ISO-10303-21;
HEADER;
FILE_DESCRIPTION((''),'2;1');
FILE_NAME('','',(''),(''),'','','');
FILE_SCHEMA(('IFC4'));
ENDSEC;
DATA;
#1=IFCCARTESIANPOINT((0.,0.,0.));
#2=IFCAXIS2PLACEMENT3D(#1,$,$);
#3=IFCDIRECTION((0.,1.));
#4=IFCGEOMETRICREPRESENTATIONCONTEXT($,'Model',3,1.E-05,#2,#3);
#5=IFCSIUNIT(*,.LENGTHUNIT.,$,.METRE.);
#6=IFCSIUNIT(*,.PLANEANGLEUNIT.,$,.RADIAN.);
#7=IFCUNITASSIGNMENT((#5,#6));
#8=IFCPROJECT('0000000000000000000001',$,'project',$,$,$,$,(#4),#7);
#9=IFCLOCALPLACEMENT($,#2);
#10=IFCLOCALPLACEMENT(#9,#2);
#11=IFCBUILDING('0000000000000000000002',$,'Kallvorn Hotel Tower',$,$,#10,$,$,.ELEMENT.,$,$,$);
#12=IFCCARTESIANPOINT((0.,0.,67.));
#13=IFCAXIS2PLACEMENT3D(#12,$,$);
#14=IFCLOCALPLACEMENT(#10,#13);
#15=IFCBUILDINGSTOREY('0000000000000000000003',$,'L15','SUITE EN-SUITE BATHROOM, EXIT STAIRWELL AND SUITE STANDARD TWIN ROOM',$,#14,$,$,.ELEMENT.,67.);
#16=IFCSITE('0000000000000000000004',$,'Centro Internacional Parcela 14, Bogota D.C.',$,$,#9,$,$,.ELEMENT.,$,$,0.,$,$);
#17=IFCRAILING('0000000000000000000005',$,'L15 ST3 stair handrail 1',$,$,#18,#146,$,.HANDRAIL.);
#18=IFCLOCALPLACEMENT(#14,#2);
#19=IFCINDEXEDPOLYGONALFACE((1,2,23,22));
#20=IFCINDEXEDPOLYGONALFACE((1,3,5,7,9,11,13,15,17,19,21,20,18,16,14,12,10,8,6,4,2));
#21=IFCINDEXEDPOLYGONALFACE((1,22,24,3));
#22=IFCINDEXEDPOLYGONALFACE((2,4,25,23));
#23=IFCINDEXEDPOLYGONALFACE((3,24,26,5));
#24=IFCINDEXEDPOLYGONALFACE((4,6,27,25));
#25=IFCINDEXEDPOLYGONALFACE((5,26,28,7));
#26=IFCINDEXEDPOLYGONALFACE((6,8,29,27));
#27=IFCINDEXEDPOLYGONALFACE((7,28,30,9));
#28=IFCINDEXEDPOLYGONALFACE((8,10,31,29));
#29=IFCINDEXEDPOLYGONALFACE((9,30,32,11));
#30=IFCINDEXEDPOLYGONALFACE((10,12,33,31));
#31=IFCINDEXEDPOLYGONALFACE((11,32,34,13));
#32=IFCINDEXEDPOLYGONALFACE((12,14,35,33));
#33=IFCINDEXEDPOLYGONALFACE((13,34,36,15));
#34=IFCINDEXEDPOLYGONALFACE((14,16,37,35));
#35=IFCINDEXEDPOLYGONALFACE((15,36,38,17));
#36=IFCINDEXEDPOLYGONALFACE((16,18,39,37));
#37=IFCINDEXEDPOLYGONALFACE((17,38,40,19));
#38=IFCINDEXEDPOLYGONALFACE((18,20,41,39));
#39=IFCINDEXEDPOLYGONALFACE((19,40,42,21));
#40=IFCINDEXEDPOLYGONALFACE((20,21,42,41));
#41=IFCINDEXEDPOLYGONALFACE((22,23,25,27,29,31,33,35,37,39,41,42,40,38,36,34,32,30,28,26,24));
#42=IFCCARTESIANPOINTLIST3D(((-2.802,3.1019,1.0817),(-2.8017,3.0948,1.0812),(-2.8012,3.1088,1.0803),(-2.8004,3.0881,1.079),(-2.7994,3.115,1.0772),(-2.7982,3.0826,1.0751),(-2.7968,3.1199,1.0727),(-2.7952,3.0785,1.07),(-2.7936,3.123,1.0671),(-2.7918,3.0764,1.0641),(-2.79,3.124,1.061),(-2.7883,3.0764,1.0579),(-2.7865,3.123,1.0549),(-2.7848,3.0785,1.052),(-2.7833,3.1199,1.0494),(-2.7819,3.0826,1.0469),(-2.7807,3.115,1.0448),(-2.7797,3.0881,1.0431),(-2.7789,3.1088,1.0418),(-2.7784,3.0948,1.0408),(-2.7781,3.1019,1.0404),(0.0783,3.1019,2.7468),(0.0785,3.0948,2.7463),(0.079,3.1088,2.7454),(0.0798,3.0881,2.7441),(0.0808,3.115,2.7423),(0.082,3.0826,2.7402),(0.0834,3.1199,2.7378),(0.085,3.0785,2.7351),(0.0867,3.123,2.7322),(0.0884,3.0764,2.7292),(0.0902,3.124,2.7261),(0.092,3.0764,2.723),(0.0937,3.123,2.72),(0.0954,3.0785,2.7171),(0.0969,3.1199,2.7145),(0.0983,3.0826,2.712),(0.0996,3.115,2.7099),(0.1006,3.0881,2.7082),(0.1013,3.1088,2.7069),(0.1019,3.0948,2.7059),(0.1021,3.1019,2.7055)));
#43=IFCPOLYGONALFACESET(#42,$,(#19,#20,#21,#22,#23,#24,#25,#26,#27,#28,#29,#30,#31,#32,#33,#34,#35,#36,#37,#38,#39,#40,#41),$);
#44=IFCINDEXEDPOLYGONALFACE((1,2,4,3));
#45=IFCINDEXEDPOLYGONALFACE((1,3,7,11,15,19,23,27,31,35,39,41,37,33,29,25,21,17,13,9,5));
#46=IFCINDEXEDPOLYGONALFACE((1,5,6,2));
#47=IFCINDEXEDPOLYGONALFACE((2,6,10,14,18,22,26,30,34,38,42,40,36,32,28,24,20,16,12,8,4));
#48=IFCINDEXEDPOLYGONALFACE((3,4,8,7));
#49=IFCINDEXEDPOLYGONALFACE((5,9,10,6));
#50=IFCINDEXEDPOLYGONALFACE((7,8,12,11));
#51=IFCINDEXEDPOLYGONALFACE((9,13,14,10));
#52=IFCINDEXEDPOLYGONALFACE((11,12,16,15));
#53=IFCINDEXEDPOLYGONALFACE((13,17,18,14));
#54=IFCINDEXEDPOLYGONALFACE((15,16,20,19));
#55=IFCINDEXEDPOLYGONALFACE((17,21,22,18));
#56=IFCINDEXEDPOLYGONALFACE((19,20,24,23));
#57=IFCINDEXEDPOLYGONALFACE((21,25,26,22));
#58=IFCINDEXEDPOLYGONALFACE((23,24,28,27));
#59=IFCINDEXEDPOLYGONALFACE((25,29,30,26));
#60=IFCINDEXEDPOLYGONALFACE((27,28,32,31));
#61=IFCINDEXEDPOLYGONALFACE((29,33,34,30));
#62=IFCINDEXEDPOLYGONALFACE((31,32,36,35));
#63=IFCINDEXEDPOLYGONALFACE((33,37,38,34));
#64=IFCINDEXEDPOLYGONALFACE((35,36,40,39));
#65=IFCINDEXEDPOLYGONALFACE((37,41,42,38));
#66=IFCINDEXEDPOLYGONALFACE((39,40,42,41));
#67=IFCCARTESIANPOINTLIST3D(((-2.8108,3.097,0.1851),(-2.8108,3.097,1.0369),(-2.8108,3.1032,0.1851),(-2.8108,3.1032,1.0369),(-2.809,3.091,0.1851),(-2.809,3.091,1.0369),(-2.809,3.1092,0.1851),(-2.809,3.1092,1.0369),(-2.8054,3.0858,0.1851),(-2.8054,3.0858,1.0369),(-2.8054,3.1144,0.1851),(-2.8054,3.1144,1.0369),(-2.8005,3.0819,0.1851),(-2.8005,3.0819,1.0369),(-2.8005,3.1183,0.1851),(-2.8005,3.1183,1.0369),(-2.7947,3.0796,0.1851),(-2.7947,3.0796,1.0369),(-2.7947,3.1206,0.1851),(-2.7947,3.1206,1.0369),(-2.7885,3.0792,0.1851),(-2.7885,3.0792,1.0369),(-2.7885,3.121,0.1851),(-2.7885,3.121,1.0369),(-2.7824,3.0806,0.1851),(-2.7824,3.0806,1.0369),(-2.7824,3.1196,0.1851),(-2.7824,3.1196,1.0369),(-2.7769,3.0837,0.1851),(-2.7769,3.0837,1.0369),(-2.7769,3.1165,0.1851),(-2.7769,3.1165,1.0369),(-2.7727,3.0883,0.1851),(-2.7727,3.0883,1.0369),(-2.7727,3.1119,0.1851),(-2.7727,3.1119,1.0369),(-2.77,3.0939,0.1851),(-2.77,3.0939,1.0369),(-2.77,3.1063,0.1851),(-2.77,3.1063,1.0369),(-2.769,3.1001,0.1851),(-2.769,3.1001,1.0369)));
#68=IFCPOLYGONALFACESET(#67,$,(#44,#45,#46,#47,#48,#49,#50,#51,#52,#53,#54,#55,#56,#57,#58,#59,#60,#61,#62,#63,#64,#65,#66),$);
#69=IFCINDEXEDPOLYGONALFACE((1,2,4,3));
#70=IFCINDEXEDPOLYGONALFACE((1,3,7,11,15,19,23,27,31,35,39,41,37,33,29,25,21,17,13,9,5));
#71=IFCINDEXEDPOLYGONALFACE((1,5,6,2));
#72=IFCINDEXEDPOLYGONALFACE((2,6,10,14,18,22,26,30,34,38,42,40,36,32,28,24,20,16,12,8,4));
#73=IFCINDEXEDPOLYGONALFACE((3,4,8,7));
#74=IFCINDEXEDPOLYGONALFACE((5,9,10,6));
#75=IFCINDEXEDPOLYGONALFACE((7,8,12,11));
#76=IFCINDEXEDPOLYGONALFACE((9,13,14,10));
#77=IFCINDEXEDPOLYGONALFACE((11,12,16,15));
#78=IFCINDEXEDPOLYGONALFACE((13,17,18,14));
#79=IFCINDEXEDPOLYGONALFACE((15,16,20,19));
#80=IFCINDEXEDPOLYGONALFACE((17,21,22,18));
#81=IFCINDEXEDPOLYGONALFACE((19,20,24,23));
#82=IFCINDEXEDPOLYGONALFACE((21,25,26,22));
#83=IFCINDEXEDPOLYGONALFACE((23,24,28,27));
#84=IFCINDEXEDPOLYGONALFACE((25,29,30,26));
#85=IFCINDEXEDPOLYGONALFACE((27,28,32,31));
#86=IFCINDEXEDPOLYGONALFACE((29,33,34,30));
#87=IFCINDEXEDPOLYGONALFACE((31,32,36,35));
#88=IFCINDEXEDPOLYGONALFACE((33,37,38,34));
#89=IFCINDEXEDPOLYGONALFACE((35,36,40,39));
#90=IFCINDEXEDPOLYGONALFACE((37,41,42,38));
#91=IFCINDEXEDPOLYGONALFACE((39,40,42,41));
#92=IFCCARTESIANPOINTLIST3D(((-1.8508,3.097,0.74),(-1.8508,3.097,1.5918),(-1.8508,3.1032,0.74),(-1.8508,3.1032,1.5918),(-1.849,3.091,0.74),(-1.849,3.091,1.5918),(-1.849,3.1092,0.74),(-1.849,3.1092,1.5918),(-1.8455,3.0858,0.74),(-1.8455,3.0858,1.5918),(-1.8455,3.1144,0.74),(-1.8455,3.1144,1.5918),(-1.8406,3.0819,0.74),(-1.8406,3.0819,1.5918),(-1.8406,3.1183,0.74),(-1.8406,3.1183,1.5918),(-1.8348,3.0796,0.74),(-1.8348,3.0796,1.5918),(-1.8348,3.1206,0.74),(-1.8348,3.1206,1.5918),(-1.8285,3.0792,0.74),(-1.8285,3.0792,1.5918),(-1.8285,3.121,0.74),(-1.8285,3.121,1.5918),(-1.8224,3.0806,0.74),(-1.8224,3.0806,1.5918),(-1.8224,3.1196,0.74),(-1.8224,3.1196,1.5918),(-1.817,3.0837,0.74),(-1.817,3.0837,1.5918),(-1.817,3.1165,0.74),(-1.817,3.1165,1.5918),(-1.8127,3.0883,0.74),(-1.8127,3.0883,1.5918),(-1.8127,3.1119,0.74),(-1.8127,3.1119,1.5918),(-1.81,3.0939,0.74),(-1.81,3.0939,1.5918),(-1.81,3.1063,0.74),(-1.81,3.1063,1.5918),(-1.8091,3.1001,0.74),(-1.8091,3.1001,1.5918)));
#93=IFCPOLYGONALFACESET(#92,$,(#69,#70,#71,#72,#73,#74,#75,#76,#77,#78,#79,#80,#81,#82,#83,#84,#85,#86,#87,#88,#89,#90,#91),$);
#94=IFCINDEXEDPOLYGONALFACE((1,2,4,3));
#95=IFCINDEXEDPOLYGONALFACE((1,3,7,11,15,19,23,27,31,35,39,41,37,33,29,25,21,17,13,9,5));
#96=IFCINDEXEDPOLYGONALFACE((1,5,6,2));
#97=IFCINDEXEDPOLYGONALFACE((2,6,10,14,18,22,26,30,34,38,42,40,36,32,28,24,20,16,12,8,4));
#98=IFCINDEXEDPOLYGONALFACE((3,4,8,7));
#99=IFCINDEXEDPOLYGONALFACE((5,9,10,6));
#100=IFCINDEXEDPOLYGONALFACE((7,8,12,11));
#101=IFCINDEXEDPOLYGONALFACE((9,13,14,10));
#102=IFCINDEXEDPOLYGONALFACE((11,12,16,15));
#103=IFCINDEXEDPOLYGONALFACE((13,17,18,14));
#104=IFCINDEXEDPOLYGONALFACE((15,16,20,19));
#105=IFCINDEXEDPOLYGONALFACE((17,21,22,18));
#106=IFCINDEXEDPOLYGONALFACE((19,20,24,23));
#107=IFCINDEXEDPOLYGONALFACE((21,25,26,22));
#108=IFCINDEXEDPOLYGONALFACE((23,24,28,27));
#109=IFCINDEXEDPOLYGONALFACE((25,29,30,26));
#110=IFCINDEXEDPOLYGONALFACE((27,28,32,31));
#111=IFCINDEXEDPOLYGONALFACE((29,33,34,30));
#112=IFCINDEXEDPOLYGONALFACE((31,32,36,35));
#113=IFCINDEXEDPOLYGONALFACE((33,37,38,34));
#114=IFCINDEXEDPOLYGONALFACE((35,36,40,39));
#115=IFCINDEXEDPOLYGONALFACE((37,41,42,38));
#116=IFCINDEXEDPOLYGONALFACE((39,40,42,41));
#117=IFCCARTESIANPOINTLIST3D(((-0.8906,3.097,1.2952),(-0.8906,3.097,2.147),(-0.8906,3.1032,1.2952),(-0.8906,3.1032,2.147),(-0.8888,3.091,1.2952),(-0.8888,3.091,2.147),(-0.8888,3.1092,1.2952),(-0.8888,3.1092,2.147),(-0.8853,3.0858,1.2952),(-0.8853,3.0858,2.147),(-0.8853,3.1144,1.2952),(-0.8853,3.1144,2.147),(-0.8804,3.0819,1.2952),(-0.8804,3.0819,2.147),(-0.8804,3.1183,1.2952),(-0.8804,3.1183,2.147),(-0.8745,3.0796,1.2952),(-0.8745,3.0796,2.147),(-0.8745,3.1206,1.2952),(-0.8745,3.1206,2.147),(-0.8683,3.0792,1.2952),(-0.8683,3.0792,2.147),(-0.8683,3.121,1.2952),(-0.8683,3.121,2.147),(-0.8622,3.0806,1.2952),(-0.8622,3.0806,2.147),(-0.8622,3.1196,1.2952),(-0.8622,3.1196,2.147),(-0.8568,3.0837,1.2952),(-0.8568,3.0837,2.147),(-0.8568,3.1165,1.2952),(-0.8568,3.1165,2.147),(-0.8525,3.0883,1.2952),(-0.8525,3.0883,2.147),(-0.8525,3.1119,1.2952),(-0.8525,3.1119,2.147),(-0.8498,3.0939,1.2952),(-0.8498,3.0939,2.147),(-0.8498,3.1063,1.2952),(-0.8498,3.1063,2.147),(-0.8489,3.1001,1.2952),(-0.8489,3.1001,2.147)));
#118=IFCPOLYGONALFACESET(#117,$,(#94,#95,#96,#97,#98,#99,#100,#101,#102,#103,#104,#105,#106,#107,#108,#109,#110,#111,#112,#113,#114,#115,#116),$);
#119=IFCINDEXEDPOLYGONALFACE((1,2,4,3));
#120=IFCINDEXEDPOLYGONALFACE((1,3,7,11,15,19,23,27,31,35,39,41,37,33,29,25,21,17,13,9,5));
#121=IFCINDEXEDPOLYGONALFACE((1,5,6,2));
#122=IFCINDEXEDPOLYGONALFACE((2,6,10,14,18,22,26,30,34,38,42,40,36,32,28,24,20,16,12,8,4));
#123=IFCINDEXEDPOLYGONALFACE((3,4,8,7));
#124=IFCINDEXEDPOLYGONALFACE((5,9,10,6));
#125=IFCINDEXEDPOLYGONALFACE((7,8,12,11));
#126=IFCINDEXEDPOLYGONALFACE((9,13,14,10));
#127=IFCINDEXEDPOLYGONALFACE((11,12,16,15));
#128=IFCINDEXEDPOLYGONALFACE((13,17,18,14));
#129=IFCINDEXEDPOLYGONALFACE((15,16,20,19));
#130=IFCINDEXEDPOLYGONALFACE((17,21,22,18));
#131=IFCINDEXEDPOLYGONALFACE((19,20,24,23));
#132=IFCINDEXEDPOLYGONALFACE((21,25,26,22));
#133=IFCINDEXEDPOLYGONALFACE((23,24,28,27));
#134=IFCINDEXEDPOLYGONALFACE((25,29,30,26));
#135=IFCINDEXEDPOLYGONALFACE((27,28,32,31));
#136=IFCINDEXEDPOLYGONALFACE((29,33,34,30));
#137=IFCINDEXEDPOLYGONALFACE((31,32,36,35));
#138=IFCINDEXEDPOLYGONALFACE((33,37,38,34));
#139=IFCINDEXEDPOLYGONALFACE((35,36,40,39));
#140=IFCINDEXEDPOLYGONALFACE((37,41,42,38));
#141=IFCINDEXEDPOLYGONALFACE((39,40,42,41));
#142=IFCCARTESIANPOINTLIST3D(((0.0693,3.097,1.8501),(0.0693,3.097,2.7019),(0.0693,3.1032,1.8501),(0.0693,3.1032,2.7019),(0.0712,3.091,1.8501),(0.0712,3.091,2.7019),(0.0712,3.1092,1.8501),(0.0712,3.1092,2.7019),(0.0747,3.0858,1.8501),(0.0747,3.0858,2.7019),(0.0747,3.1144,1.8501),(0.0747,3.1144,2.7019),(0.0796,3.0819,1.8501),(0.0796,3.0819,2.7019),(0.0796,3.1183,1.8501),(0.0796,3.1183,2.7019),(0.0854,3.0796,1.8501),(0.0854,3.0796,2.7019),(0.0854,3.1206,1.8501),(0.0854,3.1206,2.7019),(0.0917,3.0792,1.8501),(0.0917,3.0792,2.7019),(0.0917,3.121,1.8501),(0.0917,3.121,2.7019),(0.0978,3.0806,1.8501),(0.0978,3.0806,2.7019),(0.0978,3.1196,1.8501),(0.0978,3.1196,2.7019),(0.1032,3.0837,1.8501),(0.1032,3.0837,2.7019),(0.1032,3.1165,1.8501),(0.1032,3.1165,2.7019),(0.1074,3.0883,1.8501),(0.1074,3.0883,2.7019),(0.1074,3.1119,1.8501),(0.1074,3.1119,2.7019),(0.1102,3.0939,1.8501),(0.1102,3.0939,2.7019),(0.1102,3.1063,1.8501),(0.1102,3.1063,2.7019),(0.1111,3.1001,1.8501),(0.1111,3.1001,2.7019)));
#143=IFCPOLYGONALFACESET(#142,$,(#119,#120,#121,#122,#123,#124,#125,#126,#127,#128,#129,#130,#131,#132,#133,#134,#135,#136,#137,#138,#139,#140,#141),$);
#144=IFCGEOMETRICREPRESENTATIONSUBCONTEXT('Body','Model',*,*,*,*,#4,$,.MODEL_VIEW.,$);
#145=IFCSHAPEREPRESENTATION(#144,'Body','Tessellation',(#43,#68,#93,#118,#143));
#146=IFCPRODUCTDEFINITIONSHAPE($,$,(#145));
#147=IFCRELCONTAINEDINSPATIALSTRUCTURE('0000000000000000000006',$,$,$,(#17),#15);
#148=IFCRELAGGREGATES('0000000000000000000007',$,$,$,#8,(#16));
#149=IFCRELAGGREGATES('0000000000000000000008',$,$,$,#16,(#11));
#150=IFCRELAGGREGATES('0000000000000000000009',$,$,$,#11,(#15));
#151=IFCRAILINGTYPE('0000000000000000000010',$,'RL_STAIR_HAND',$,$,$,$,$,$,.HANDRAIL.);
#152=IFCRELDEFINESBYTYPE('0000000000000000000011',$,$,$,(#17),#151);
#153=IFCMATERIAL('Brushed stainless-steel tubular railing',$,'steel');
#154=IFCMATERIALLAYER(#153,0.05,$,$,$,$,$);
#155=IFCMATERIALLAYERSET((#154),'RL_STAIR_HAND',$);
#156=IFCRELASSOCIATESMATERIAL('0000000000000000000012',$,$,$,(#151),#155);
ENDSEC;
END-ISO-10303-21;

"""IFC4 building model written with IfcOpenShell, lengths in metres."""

from ifc_helpers import new_model, si_unit, direction, frame, origin, origin_2d, place, context, subcontext, project, spatial, circle, extrude, material, layer, layer_set, type_object, element, save


model = new_model("IFC4")

# Units and contexts
model_context = context("Model", 3, precision=1e-05, world=origin(), true_north=direction((0.0, 1.0)))
body_context = subcontext(model_context, "Body", "Model", "MODEL_VIEW")
ifc_project = project(units=[si_unit("LENGTHUNIT", "METRE"), si_unit("PLANEANGLEUNIT", "RADIAN")], contexts=[model_context])

# Site, building, storey
site_placement = place(None, origin())
site = spatial("IfcSite", under=ifc_project, at=site_placement, Name="Centro Internacional Parcela 14, Bogota D.C.", CompositionType="ELEMENT", RefElevation=0.0)
building_placement = place(site_placement, origin())
building = spatial("IfcBuilding", under=site, at=building_placement, Name="Kallvorn Hotel Tower", CompositionType="ELEMENT")
storey_placement = place(building_placement, frame((0.0, 0.0, 67.0)))
storey = spatial("IfcBuildingStorey", under=building, at=storey_placement, Name="L15", Description="SUITE EN-SUITE BATHROOM, EXIT STAIRWELL AND SUITE STANDARD TWIN ROOM", CompositionType="ELEMENT", Elevation=67.0)

# Railing
ifc_material_1 = material(Name="Brushed stainless-steel tubular railing", Category="steel")
ifc_layer_1 = layer(ifc_material_1, 0.05)
ifc_layer_set_1 = layer_set([ifc_layer_1], Name="RL_STAIR_HAND")
railing_type_1 = type_object("IfcRailingType", Name="RL_STAIR_HAND", PredefinedType="HANDRAIL", material=ifc_layer_set_1)
railing_1_placement = place(storey_placement, frame((-2.79, 3.1001, 0.1851)))
element("IfcRailing", 1, at=railing_1_placement, inside=storey, type_object=railing_type_1, Name="L15 ST3 stair handrail 1", PredefinedType="HANDRAIL", context=body_context, shape_type="SweptSolid", body=[
    extrude(circle(Radius=0.0239, at=origin_2d()), frame((0.0, 0.0, 0.876), z_axis=(0.865739, 0.0, 0.500495), x_axis=(0.0, 1.0, 0.0)), (0.0, 0.0, 1.0), 3.3269),
    extrude(circle(Radius=0.021, at=origin_2d()), origin(), (0.0, 0.0, 1.0), 0.8518),
    extrude(circle(Radius=0.021, at=origin_2d()), frame((0.96, 0.0, 0.5549)), (0.0, 0.0, 1.0), 0.8518),
    extrude(circle(Radius=0.021, at=origin_2d()), frame((1.9202, 0.0, 1.1101)), (0.0, 0.0, 1.0), 0.8518),
    extrude(circle(Radius=0.021, at=origin_2d()), frame((2.8801, 0.0, 1.665)), (0.0, 0.0, 1.0), 0.8518),
])

save(model, "model.ifc")
